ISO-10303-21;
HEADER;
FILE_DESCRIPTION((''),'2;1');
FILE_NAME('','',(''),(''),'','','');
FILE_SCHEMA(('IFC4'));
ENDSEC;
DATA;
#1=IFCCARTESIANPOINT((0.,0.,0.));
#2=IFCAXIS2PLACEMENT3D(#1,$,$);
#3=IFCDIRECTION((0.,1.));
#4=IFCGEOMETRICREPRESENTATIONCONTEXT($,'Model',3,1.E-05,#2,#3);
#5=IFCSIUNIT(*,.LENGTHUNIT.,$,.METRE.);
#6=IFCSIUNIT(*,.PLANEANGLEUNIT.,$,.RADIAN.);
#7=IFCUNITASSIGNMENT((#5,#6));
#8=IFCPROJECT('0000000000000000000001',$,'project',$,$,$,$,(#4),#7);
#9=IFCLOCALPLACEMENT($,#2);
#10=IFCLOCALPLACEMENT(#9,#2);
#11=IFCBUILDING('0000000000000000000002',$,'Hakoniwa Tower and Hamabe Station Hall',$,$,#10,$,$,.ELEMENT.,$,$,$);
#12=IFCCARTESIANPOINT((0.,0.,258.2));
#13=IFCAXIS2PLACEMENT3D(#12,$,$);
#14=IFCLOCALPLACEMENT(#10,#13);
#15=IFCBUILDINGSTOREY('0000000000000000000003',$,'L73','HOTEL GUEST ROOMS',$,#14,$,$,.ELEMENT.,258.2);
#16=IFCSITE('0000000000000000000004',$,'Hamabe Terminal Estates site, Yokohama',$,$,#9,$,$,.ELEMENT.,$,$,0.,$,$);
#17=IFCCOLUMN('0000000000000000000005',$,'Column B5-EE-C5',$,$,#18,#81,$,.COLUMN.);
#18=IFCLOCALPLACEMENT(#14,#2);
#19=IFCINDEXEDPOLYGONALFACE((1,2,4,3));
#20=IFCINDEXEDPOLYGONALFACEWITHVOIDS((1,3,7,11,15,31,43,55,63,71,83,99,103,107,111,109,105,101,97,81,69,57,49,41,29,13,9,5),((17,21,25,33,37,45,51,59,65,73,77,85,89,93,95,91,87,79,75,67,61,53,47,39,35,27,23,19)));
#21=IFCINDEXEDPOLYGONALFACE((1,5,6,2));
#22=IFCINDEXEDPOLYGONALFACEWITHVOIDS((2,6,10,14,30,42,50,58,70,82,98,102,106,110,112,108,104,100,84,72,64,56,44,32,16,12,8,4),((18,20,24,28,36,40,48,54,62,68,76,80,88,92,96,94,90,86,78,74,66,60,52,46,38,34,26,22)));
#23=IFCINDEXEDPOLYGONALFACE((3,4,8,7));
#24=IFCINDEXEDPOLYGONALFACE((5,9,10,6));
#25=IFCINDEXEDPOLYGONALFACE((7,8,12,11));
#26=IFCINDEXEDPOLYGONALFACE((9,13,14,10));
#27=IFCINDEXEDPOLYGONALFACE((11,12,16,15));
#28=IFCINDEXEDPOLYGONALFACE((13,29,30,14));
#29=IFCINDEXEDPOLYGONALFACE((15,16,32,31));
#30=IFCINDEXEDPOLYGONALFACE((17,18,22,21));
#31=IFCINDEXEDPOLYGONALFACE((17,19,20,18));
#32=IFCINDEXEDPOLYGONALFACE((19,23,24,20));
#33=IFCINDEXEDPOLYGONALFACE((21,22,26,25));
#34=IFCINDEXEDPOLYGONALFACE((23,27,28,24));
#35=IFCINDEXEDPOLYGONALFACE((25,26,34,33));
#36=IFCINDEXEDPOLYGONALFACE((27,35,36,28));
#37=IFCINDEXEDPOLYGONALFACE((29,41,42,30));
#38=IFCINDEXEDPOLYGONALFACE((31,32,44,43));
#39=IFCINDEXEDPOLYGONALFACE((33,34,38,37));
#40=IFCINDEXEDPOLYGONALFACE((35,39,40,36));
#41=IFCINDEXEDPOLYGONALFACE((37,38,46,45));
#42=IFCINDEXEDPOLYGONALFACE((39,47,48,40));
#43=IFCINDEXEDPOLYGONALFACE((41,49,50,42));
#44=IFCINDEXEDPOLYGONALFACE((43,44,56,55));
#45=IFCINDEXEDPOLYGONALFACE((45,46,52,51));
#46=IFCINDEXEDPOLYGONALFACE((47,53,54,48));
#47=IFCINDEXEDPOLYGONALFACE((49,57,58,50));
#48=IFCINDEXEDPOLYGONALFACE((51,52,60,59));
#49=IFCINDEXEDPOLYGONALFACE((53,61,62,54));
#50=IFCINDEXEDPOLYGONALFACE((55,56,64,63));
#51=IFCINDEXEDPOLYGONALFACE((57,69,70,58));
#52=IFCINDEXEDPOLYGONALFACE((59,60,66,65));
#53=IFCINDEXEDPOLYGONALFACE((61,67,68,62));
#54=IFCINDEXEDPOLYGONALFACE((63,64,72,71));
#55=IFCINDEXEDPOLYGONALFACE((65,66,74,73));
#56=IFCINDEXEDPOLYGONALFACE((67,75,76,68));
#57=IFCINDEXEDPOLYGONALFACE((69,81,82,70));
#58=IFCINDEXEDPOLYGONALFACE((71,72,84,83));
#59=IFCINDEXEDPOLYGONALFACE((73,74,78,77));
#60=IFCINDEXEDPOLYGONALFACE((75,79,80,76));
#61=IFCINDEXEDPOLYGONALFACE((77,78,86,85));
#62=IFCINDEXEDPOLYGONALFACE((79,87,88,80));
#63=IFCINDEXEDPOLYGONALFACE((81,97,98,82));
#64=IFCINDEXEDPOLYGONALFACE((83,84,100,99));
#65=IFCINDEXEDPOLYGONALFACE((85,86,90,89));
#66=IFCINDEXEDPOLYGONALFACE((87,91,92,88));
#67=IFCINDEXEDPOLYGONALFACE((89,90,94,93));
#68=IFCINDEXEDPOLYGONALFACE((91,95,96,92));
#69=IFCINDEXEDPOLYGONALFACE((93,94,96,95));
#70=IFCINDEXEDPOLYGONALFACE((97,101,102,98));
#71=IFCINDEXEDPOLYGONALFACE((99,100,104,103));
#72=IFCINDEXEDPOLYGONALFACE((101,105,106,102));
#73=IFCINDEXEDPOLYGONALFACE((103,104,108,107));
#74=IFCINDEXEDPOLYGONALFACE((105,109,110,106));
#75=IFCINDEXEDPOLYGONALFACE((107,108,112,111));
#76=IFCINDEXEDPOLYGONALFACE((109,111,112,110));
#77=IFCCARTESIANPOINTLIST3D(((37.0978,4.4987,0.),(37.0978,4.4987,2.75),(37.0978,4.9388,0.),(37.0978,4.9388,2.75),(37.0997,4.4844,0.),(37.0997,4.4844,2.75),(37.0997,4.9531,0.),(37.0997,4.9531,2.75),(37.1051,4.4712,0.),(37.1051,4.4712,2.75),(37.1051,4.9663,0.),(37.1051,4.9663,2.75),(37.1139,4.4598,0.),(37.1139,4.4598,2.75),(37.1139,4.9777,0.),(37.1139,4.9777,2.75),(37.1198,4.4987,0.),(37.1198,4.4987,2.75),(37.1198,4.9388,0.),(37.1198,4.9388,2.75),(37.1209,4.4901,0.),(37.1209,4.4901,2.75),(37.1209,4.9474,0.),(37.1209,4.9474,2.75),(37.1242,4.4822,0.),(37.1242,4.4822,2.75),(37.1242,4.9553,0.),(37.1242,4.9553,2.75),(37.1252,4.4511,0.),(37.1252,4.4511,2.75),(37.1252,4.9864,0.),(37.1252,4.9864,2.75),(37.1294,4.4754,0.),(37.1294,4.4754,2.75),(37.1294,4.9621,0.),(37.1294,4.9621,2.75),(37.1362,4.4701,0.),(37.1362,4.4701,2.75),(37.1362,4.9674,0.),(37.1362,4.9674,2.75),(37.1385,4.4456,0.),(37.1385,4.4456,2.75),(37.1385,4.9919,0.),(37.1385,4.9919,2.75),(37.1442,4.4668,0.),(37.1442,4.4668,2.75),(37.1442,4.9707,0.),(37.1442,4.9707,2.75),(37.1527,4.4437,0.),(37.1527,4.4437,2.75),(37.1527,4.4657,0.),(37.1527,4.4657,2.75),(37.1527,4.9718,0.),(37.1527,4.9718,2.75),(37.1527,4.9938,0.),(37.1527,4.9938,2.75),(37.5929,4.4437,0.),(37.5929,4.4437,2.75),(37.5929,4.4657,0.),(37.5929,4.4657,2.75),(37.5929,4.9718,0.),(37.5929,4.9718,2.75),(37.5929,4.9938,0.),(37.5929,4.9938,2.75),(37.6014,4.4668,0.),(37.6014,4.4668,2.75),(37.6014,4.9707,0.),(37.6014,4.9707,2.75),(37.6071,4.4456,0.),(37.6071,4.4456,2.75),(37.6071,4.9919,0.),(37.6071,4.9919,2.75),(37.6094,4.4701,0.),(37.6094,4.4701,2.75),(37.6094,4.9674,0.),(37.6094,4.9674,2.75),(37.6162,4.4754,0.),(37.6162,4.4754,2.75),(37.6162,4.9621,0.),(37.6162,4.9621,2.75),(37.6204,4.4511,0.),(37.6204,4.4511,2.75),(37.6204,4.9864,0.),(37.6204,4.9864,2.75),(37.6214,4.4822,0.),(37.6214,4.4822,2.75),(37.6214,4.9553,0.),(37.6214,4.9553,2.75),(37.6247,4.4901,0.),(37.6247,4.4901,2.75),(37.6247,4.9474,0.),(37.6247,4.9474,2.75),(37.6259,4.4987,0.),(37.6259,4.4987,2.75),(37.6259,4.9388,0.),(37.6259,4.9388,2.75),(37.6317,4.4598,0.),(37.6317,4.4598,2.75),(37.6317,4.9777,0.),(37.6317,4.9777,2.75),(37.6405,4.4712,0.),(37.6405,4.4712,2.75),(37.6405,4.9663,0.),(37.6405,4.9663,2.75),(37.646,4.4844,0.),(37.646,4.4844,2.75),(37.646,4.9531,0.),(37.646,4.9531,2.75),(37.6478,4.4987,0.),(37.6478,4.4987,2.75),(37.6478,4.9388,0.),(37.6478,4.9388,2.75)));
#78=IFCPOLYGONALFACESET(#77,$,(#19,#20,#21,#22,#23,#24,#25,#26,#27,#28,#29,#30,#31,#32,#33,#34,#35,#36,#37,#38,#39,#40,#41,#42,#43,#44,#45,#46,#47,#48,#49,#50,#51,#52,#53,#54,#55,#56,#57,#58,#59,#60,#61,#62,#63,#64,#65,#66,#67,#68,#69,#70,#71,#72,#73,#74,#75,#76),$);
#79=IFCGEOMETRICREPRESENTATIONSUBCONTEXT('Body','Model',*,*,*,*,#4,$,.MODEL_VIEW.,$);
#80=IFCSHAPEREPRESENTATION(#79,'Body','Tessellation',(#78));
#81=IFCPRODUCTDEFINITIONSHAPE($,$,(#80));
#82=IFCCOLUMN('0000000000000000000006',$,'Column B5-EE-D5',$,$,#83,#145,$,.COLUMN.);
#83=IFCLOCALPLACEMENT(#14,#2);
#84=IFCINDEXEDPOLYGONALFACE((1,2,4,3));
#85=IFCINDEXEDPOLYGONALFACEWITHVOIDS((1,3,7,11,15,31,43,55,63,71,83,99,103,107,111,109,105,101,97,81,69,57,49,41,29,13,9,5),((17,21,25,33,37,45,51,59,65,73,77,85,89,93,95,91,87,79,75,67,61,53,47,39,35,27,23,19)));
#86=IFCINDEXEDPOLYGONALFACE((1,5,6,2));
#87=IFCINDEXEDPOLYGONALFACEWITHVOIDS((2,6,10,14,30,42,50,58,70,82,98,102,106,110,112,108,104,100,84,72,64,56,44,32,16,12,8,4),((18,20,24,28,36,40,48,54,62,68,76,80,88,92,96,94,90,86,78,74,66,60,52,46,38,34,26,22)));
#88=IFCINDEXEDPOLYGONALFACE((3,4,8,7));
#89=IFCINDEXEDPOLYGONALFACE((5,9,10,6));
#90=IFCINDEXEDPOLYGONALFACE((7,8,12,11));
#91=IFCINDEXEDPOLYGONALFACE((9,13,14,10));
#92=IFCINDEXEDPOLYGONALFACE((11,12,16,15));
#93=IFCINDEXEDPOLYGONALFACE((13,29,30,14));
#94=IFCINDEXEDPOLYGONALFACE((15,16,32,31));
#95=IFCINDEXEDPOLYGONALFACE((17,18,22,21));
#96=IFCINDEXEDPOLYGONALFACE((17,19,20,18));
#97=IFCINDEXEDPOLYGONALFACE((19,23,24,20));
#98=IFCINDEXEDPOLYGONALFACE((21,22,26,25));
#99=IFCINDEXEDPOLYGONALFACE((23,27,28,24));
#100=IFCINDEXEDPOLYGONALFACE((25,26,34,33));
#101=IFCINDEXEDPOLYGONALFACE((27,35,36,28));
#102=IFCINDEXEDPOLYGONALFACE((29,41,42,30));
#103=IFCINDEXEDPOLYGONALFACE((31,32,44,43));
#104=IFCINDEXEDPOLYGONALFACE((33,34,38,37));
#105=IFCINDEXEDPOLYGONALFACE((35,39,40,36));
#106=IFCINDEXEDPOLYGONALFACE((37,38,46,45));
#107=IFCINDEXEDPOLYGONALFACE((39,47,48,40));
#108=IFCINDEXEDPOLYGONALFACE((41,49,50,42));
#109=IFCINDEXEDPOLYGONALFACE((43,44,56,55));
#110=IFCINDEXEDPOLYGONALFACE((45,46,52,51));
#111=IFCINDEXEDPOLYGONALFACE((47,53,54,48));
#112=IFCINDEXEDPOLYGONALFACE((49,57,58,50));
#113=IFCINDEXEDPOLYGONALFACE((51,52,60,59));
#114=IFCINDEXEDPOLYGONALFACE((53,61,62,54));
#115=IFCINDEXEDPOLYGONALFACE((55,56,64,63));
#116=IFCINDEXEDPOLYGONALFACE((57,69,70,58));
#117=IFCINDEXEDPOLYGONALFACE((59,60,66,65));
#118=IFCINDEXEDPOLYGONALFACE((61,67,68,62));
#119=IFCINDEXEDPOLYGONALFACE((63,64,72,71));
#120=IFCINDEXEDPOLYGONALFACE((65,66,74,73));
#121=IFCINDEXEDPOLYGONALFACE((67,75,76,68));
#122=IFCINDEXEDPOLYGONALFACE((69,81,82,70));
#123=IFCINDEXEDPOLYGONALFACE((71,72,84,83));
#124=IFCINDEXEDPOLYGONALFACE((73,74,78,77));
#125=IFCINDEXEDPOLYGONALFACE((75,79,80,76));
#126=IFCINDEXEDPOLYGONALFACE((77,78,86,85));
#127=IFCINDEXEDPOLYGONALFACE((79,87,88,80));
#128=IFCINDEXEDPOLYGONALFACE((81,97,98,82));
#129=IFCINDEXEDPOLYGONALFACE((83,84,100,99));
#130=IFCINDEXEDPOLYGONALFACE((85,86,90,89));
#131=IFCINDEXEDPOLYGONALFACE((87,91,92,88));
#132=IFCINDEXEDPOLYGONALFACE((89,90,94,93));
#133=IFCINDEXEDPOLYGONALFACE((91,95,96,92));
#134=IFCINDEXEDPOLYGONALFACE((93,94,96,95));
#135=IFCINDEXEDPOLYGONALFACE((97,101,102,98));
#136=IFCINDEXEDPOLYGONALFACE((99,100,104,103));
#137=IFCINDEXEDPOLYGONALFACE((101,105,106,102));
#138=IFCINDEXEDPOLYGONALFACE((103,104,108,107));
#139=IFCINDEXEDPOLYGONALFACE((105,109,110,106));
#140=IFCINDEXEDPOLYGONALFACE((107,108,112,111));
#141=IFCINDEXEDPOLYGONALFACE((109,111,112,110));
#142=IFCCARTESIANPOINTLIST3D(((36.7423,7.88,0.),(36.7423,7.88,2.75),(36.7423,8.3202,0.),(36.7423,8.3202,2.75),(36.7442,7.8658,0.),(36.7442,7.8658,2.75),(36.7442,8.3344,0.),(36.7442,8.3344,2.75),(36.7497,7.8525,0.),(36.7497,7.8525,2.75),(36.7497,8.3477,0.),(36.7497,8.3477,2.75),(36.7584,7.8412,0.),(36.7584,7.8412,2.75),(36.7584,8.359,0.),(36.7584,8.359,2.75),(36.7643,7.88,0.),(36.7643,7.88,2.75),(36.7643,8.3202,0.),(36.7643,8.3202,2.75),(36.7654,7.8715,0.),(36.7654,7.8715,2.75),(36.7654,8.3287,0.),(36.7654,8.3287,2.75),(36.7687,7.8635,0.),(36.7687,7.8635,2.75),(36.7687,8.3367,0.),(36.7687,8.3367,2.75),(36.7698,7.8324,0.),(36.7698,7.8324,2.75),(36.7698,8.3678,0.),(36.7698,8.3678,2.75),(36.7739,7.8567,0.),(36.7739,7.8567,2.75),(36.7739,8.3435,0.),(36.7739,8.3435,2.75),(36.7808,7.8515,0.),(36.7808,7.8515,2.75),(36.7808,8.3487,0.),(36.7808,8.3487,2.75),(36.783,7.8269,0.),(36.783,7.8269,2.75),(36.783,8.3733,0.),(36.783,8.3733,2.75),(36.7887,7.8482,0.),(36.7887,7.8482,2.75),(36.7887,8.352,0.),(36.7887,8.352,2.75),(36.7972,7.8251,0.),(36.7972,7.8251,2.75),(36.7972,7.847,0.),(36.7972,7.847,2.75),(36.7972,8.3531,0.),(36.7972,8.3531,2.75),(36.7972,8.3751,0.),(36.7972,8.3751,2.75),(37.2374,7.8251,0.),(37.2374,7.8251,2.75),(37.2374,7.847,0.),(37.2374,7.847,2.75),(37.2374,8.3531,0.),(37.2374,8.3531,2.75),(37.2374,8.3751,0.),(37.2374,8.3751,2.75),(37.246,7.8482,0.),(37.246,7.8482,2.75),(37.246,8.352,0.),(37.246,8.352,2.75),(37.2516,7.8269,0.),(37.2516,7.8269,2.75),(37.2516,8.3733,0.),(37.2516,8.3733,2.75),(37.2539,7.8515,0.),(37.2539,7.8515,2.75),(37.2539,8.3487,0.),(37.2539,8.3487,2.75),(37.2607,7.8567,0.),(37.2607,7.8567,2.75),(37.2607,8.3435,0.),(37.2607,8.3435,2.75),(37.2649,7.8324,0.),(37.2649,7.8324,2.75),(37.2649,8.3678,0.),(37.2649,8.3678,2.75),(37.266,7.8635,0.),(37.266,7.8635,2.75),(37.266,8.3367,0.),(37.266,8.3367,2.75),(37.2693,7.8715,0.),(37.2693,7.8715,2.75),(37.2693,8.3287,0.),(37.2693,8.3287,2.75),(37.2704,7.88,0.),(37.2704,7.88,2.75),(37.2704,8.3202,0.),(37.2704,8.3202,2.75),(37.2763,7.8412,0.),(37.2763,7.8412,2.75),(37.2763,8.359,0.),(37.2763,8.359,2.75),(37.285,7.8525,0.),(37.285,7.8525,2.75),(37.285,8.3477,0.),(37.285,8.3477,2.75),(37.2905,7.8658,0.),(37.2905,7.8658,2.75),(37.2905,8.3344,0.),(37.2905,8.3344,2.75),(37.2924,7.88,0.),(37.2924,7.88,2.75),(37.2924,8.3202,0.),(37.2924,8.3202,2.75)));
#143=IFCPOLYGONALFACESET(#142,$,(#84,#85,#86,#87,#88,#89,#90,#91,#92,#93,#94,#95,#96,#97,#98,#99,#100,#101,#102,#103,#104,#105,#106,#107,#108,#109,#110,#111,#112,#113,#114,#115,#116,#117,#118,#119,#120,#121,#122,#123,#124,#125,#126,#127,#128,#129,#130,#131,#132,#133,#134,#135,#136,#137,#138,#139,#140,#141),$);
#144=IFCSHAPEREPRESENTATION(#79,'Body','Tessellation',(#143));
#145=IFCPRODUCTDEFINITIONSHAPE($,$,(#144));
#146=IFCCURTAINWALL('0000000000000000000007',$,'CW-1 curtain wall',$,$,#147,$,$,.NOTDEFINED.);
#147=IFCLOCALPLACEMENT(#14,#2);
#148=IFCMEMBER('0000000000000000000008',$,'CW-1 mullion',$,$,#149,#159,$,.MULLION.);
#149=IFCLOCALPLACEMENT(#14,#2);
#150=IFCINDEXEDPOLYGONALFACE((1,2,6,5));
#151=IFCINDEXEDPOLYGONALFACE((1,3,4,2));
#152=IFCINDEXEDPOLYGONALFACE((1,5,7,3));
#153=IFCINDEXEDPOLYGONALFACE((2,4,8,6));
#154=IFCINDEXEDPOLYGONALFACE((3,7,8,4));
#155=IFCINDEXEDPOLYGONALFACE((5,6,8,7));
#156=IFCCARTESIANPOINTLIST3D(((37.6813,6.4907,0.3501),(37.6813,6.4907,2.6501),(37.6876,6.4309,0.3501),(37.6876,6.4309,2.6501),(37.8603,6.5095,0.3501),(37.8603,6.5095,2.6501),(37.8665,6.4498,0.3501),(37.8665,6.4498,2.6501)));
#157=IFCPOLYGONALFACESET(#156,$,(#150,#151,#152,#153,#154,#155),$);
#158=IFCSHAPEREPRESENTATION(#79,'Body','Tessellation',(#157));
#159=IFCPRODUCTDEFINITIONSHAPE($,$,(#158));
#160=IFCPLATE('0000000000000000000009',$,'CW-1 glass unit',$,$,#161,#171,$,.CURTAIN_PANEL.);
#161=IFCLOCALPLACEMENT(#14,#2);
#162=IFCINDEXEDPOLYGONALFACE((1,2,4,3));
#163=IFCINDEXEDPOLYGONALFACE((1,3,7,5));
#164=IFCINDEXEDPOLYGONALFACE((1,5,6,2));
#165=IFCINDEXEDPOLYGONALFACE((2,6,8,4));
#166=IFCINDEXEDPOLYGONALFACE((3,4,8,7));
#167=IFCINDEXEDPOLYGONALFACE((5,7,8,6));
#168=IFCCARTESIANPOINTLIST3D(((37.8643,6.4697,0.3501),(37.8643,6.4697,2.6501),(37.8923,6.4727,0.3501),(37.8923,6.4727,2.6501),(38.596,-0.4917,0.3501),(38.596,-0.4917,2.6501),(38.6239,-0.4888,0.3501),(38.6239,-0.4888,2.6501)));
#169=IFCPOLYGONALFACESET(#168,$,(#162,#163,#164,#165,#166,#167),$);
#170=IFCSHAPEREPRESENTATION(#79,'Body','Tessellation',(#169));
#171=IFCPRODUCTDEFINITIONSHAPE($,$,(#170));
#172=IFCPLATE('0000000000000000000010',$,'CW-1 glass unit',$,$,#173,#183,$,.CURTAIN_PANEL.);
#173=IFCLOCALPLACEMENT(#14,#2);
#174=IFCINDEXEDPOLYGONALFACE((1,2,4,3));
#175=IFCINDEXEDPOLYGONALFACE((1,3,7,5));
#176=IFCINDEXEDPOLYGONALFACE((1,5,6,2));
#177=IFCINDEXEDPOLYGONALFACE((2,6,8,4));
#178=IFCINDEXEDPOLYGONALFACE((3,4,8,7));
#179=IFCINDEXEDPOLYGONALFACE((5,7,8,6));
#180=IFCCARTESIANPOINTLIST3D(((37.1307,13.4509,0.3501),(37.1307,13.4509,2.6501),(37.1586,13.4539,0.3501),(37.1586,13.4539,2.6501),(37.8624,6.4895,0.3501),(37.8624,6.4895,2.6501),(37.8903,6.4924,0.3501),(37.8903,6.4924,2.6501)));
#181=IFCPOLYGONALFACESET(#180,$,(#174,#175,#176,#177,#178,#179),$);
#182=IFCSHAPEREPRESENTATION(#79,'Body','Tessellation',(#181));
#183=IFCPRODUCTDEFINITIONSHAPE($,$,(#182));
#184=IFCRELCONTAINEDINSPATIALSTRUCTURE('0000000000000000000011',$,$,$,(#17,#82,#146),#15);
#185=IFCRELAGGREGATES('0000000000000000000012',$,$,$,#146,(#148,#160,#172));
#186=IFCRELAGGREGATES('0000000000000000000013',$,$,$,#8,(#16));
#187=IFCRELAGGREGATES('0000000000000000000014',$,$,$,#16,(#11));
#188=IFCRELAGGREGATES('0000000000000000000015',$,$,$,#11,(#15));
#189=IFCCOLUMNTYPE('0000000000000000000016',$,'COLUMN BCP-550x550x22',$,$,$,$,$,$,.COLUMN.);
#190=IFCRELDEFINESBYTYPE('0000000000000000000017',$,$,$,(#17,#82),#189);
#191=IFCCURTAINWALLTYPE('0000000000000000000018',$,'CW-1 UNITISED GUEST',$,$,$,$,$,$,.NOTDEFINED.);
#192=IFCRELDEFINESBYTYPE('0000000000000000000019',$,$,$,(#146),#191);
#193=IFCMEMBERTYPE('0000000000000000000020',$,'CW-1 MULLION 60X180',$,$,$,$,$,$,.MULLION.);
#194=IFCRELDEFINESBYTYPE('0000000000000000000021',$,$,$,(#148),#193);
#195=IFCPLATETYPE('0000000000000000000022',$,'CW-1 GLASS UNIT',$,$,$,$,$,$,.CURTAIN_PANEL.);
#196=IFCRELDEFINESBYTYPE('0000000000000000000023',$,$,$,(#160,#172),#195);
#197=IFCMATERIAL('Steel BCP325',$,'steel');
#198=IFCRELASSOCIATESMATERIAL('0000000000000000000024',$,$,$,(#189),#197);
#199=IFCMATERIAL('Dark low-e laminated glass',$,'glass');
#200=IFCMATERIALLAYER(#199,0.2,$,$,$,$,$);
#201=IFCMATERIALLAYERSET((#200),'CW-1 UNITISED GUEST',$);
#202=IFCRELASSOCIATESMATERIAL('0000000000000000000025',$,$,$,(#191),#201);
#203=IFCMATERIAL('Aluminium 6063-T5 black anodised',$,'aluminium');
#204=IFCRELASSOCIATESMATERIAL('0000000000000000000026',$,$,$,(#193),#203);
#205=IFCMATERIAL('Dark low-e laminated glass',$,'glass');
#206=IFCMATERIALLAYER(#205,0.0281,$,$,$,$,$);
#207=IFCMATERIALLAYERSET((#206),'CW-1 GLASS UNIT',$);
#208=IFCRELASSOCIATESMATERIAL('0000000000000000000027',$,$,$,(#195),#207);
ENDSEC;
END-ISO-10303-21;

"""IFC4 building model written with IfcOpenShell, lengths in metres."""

from ifc_helpers import new_model, si_unit, direction, frame, origin, origin_2d, place, context, subcontext, project, spatial, rectangle, hollow_rectangle, extrude, material, layer, layer_set, material_profile, profile_set, type_object, element, aggregate, save


model = new_model("IFC4")

# Units and contexts
model_context = context("Model", 3, precision=1e-05, world=origin(), true_north=direction((0.0, 1.0)))
body_context = subcontext(model_context, "Body", "Model", "MODEL_VIEW")
ifc_project = project(units=[si_unit("LENGTHUNIT", "METRE"), si_unit("PLANEANGLEUNIT", "RADIAN")], contexts=[model_context])

# Site, building, storey
site_placement = place(None, origin())
site = spatial("IfcSite", under=ifc_project, at=site_placement, Name="Hamabe Terminal Estates site, Yokohama", CompositionType="ELEMENT", RefElevation=0.0)
building_placement = place(site_placement, origin())
building = spatial("IfcBuilding", under=site, at=building_placement, Name="Hakoniwa Tower and Hamabe Station Hall", CompositionType="ELEMENT")
storey_placement = place(building_placement, frame((0.0, 0.0, 258.2)))
storey = spatial("IfcBuildingStorey", under=building, at=storey_placement, Name="L73", Description="HOTEL GUEST ROOMS", CompositionType="ELEMENT", Elevation=258.2)

# Columns
ifc_material_1 = material(Name="Steel BCP325", Category="steel")
ifc_material_profile_1 = material_profile(ifc_material_1, hollow_rectangle(XDim=0.55, YDim=0.55, WallThickness=0.022, InnerFilletRadius=0.033, OuterFilletRadius=0.0549, at=origin_2d()), Name="BCP-550x550x22")
ifc_profile_set_1 = profile_set([ifc_material_profile_1], Name="Steel BCP325")
column_type = type_object("IfcColumnType", Name="COLUMN BCP-550x550x22", PredefinedType="COLUMN", material=ifc_profile_set_1)
for number, where, z_axis, x_axis, name in (
    (1, (37.3728, 4.7188, 0.0), (0.0, 0.0, 1.0), (1.0, 0.0, 0.0), "Column B5-EE-C5"),
    (2, (37.0173, 8.1001, 0.0), (0.0, 0.0, 1.0), (1.0, 0.0, 0.0), "Column B5-EE-D5"),
):
    element("IfcColumn", number, at=place(storey_placement, frame(where, z_axis=z_axis, x_axis=x_axis)), inside=storey, type_object=column_type, Name=name, PredefinedType="COLUMN", context=body_context, shape_type="SweptSolid", body=[
        extrude(hollow_rectangle(XDim=0.55, YDim=0.55, WallThickness=0.022, InnerFilletRadius=0.033, OuterFilletRadius=0.0549, at=origin_2d()), origin(), (0.0, 0.0, 1.0), 2.75),
    ])

# Curtain wall, member, plates
ifc_material_2 = material(Name="Dark low-e laminated glass", Category="glass")
ifc_layer_1 = layer(ifc_material_2, 0.2)
ifc_layer_set_1 = layer_set([ifc_layer_1], Name="CW-1 UNITISED GUEST")
curtain_wall_type = type_object("IfcCurtainWallType", Name="CW-1 UNITISED GUEST", PredefinedType="NOTDEFINED", material=ifc_layer_set_1)
curtain_wall_placement = place(storey_placement, origin())
curtain_wall = element("IfcCurtainWall", 3, at=curtain_wall_placement, inside=storey, type_object=curtain_wall_type, Name="CW-1 curtain wall", PredefinedType="NOTDEFINED")
ifc_material_3 = material(Name="Aluminium 6063-T5 black anodised", Category="aluminium")
ifc_material_profile_2 = material_profile(ifc_material_3, rectangle(XDim=0.0601, YDim=0.1799, at=origin_2d()), Name="CW-1 MULLION 60X180")
ifc_profile_set_2 = profile_set([ifc_material_profile_2], Name="Aluminium 6063-T5 black anodised")
member_type = type_object("IfcMemberType", Name="CW-1 MULLION 60X180", PredefinedType="MULLION", material=ifc_profile_set_2)
member_placement = place(storey_placement, frame((37.7739, 6.4702, 0.3501), z_axis=(0.0, 0.0, 1.0), x_axis=(-0.104528, 0.994522, 0.0)))
member = element("IfcMember", 4, at=member_placement, type_object=member_type, Name="CW-1 mullion", PredefinedType="MULLION", context=body_context, shape_type="SweptSolid", body=[
    extrude(rectangle(XDim=0.0601, YDim=0.1799, at=origin_2d()), origin(), (0.0, 0.0, 1.0), 2.3),
])
ifc_material_4 = material(Name="Dark low-e laminated glass", Category="glass")
ifc_layer_2 = layer(ifc_material_4, 0.0281)
ifc_layer_set_2 = layer_set([ifc_layer_2], Name="CW-1 GLASS UNIT")
plate_type = type_object("IfcPlateType", Name="CW-1 GLASS UNIT", PredefinedType="CURTAIN_PANEL", material=ifc_layer_set_2)
plate_1_placement = place(storey_placement, frame((38.2441, 2.9905, 0.3501), z_axis=(0.0, 0.0, 1.0), x_axis=(-0.104528, 0.994522, 0.0)))
plate_1 = element("IfcPlate", 5, at=plate_1_placement, type_object=plate_type, Name="CW-1 glass unit", PredefinedType="CURTAIN_PANEL", context=body_context, shape_type="SweptSolid", body=[
    extrude(rectangle(XDim=6.9998, YDim=0.0281, at=origin_2d()), origin(), (0.0, 0.0, 1.0), 2.3),
])
plate_2_placement = place(storey_placement, frame((37.5105, 9.9717, 0.3501), z_axis=(0.0, 0.0, 1.0), x_axis=(-0.104528, 0.994522, 0.0)))
plate_2 = element("IfcPlate", 6, at=plate_2_placement, type_object=plate_type, Name="CW-1 glass unit", PredefinedType="CURTAIN_PANEL", context=body_context, shape_type="SweptSolid", body=[
    extrude(rectangle(XDim=6.9998, YDim=0.0281, at=origin_2d()), origin(), (0.0, 0.0, 1.0), 2.3),
])
aggregate(curtain_wall, [member, plate_1, plate_2])

save(model, "model.ifc")
